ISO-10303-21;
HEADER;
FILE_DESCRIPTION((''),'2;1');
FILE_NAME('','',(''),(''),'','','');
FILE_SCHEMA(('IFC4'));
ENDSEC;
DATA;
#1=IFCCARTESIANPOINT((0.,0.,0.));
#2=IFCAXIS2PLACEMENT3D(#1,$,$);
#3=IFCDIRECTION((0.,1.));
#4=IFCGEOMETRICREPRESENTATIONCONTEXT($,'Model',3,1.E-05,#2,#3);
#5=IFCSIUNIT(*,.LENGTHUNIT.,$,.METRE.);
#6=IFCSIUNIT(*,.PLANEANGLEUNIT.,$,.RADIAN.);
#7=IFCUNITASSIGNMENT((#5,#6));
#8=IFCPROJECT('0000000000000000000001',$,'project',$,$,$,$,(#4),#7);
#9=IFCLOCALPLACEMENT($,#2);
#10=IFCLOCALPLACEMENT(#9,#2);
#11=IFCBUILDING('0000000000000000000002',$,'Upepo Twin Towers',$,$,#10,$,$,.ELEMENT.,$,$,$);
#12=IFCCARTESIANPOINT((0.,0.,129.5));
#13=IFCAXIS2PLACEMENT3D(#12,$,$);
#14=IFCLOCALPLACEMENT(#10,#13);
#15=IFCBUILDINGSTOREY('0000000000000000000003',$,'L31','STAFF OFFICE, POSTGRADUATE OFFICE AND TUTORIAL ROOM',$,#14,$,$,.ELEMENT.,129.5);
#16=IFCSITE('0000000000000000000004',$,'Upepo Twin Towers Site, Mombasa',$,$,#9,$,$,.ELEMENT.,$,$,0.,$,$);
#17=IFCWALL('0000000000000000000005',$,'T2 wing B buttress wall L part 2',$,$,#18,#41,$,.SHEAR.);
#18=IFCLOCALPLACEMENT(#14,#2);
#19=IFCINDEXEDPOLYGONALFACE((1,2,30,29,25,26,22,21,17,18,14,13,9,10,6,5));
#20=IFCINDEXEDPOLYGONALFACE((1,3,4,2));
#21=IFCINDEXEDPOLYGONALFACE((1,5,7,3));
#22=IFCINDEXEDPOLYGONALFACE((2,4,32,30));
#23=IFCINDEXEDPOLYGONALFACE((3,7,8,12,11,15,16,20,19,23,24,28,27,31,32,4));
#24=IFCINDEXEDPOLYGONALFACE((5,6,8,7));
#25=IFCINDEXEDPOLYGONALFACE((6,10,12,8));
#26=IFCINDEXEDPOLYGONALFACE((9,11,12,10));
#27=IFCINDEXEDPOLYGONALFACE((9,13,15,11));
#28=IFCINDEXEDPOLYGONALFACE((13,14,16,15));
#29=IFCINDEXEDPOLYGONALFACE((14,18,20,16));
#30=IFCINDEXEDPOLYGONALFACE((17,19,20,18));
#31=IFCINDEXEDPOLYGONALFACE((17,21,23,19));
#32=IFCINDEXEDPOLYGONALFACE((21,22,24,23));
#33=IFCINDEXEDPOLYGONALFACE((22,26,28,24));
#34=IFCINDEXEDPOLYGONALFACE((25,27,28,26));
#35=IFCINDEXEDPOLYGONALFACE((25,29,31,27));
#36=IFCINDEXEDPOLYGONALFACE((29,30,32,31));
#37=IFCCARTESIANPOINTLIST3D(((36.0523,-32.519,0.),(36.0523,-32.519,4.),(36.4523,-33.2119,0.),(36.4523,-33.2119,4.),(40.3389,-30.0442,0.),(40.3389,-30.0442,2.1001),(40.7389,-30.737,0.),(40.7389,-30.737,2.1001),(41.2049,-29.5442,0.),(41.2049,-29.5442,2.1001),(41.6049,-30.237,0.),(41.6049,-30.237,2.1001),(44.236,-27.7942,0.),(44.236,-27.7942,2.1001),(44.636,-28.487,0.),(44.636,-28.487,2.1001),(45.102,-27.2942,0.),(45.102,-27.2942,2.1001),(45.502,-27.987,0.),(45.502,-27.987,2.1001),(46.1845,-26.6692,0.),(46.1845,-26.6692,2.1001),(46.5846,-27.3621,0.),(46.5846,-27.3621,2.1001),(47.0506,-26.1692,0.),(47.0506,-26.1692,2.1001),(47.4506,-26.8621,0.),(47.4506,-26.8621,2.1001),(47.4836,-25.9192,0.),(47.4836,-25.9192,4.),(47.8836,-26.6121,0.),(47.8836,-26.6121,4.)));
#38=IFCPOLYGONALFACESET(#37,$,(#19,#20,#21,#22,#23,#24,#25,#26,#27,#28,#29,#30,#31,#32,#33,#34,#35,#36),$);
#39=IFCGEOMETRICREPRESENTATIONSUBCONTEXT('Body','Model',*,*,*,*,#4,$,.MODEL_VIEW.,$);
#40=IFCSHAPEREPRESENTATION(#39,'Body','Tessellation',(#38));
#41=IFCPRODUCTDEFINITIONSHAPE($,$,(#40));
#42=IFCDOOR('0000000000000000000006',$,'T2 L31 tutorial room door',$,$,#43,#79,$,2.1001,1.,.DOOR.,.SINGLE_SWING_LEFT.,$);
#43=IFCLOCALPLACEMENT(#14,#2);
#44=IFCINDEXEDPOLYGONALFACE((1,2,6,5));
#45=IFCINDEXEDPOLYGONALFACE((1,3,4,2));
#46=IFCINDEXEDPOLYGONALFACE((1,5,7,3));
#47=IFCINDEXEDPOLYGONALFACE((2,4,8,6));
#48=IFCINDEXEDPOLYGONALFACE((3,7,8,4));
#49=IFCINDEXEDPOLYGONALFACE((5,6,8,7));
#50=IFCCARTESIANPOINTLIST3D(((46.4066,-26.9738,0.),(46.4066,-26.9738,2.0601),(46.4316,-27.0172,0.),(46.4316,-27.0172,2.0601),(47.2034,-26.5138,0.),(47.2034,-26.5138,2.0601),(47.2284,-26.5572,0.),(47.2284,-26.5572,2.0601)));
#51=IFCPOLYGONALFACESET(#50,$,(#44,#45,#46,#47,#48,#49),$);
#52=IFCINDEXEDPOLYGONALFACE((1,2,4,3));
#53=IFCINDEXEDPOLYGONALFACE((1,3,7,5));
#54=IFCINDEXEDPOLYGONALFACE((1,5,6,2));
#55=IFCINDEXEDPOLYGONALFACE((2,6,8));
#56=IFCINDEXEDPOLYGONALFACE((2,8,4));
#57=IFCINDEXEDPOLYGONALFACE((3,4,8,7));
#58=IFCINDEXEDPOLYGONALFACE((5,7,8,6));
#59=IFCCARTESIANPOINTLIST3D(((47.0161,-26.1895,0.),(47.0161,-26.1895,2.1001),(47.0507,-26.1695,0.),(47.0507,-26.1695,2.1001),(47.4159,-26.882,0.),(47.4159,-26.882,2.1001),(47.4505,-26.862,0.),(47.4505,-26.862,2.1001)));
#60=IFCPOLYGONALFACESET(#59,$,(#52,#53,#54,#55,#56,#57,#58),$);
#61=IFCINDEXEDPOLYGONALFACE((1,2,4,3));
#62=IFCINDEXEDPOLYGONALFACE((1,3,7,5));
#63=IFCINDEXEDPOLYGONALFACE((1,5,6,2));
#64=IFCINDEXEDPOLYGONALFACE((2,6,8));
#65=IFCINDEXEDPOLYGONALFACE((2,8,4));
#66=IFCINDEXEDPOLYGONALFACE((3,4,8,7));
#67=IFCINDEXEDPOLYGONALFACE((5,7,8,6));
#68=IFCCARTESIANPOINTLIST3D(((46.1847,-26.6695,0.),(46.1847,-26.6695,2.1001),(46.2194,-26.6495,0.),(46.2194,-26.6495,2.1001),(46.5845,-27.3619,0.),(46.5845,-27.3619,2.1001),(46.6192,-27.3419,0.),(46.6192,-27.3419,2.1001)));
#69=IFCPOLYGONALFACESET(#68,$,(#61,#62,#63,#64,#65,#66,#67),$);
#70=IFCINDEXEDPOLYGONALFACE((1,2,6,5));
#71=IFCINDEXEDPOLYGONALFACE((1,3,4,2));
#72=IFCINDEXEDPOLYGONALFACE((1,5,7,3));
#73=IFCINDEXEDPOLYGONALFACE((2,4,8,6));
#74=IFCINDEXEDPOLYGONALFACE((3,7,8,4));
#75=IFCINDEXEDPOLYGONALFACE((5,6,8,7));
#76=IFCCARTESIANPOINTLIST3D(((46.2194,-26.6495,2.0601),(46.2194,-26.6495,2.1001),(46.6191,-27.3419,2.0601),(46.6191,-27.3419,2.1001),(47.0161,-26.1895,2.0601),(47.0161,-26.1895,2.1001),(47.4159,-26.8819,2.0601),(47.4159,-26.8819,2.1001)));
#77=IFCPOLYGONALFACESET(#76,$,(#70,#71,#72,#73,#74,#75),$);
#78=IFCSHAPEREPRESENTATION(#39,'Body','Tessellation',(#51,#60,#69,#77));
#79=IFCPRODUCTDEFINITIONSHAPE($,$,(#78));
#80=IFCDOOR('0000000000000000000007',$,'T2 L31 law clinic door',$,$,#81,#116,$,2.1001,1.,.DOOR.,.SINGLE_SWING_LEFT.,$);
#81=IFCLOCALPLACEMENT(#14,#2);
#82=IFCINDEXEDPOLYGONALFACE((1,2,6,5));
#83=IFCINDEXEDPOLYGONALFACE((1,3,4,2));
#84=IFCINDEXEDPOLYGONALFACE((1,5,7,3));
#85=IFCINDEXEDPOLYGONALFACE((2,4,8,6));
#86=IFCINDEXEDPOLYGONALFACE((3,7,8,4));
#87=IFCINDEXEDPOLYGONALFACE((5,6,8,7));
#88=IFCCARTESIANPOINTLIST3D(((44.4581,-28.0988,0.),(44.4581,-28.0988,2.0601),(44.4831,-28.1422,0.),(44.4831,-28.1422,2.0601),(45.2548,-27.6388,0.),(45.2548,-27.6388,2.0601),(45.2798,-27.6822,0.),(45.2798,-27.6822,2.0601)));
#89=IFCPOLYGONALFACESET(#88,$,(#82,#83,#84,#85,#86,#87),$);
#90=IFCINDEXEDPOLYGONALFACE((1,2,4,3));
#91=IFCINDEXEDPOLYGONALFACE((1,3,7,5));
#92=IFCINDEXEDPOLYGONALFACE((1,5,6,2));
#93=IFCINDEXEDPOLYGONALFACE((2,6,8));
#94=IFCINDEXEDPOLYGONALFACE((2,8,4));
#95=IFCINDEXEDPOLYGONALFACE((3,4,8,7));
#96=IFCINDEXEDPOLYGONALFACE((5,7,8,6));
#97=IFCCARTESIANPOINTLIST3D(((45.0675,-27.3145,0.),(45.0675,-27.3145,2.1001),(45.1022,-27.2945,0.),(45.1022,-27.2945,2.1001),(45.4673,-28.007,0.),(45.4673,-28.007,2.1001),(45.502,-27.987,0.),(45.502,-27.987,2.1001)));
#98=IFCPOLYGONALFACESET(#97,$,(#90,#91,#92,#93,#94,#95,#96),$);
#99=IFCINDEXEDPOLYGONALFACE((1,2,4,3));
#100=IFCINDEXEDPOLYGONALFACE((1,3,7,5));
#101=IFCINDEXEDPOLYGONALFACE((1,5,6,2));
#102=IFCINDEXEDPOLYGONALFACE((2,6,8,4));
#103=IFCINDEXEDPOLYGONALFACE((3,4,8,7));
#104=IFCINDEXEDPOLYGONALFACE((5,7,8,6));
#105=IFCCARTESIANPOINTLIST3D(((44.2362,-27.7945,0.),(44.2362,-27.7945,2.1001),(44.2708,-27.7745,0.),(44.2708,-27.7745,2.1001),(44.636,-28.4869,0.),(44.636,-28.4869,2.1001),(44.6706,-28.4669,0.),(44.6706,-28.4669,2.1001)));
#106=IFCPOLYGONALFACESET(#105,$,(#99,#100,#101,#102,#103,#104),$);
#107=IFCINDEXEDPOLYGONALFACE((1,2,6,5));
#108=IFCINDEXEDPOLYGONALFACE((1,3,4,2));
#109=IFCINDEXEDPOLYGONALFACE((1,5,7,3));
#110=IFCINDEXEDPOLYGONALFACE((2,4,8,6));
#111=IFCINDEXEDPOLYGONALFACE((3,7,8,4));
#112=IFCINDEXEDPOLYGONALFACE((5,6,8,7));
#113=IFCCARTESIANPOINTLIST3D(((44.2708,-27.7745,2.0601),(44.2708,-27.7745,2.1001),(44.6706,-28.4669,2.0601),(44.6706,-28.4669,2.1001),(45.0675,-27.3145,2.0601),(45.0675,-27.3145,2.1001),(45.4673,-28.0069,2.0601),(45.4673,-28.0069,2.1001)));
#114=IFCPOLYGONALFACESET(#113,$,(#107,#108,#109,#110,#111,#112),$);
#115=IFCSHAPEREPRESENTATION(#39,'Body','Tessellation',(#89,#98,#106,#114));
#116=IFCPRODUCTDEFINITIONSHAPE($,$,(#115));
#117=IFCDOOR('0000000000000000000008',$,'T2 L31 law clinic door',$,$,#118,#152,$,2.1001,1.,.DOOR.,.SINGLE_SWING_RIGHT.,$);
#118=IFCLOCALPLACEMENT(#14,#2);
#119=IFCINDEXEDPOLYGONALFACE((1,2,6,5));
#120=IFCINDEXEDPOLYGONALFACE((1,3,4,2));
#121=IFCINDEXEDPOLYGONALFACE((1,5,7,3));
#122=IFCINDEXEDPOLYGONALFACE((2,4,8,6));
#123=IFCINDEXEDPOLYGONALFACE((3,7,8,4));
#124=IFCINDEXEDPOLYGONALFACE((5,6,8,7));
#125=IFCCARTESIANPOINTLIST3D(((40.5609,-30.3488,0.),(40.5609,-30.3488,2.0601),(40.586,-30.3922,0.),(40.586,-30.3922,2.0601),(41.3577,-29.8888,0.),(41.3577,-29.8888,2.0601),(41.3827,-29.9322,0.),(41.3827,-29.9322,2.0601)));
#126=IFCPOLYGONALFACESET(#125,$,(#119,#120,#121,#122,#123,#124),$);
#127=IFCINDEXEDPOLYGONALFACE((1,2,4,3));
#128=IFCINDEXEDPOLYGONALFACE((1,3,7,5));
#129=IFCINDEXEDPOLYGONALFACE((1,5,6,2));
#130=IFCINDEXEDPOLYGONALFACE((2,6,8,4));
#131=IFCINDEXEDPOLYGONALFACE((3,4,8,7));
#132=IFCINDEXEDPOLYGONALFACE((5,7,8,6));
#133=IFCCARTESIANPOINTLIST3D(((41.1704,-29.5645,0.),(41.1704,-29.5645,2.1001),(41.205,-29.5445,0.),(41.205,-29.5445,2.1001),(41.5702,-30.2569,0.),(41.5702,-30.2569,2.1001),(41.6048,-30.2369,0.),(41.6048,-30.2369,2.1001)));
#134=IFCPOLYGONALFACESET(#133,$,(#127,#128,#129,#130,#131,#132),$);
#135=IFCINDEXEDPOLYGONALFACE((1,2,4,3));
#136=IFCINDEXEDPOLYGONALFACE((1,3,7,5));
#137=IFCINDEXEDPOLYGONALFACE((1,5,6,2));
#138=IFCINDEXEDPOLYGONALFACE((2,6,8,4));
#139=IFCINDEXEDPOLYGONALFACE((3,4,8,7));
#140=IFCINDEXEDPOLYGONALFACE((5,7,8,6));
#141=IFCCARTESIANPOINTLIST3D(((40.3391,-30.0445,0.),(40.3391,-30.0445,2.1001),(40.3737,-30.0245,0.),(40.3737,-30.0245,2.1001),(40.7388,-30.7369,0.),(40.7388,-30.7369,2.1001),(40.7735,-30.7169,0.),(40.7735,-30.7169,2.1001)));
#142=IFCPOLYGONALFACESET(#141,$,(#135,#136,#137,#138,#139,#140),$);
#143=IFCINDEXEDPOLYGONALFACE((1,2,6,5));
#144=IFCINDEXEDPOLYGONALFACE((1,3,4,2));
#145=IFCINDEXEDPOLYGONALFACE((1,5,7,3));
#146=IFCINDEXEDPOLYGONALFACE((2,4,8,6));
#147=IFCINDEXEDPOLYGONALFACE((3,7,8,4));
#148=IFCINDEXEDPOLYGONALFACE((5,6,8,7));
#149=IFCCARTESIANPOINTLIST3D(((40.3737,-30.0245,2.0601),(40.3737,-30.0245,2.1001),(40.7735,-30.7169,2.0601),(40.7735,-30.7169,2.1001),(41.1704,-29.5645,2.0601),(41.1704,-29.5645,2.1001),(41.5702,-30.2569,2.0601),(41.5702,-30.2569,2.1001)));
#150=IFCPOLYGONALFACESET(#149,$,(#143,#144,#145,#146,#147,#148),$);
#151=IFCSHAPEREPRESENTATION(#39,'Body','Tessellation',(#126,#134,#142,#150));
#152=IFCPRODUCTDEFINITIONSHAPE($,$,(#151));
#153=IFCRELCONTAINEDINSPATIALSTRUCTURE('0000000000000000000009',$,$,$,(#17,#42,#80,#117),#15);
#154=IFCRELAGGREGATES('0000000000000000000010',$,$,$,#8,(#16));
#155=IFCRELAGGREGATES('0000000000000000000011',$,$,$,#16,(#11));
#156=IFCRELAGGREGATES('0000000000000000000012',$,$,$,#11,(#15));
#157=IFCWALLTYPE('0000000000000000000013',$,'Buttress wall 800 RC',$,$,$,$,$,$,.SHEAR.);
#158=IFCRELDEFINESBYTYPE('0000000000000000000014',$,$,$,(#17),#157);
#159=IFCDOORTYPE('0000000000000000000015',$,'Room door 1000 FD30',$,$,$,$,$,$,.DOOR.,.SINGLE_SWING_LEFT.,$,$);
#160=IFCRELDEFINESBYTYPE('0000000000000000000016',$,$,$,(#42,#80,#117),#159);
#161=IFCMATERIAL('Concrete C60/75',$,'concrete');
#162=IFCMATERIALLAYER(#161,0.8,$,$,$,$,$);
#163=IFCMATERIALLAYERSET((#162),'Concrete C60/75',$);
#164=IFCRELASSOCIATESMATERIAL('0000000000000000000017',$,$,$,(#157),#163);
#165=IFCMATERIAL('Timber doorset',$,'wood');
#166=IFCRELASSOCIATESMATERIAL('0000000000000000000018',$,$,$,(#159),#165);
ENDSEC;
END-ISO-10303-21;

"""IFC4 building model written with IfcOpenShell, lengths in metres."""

from ifc_helpers import new_model, si_unit, direction, frame, frame_2d, origin, place, context, subcontext, project, spatial, rectangle, extrude, material, layer, layer_set, type_object, element, fill, save


model = new_model("IFC4")

# Units and contexts
model_context = context("Model", 3, precision=1e-05, world=origin(), true_north=direction((0.0, 1.0)))
body_context = subcontext(model_context, "Body", "Model", "MODEL_VIEW")
ifc_project = project(units=[si_unit("LENGTHUNIT", "METRE"), si_unit("PLANEANGLEUNIT", "RADIAN")], contexts=[model_context])

# Site, building, storey
site_placement = place(None, origin())
site = spatial("IfcSite", under=ifc_project, at=site_placement, Name="Upepo Twin Towers Site, Mombasa", CompositionType="ELEMENT", RefElevation=0.0)
building_placement = place(site_placement, origin())
building = spatial("IfcBuilding", under=site, at=building_placement, Name="Upepo Twin Towers", CompositionType="ELEMENT")
storey_placement = place(building_placement, frame((0.0, 0.0, 129.5)))
storey = spatial("IfcBuildingStorey", under=building, at=storey_placement, Name="L31", Description="STAFF OFFICE, POSTGRADUATE OFFICE AND TUTORIAL ROOM", CompositionType="ELEMENT", Elevation=129.5)

# Wall, openings, doors
ifc_material_1 = material(Name="Concrete C60/75", Category="concrete")
ifc_layer_1 = layer(ifc_material_1, 0.8)
ifc_layer_set_1 = layer_set([ifc_layer_1], Name="Concrete C60/75")
wall_type_1 = type_object("IfcWallType", Name="Buttress wall 800 RC", PredefinedType="SHEAR", material=ifc_layer_set_1)
wall_1_placement = place(storey_placement, frame((47.6836, -26.2656, 0.0), z_axis=(0.0, 0.0, 1.0), x_axis=(-0.866028, -0.499996, 0.0)))
wall_1 = element("IfcWall", 1, at=wall_1_placement, inside=storey, type_object=wall_type_1, Name="T2 wing B buttress wall L part 2", PredefinedType="SHEAR", context=body_context, shape_type="SweptSolid", body=[
    extrude(rectangle(XDim=13.1997, YDim=0.8, at=frame_2d((6.5999, 0.0))), origin(), (0.0, 0.0, 1.0), 4.0),
])
opening_1_placement = place(wall_1_placement, frame((0.5, 0.0, 0.0)))
opening_1 = element("IfcOpeningElement", 2, at=opening_1_placement, cuts=wall_1, PredefinedType="OPENING", context=body_context, shape_type="SweptSolid", body=[
    extrude(rectangle(XDim=1.0, YDim=2.1001, at=frame_2d((0.5, 1.05))), frame((0.0, 0.4099, 0.0), z_axis=(0.0, -1.0, 0.0), x_axis=(1.0, 0.0, 0.0)), (0.0, 0.0, 1.0), 0.8201),
])
opening_2_placement = place(wall_1_placement, frame((2.75, 0.0, 0.0)))
opening_2 = element("IfcOpeningElement", 3, at=opening_2_placement, cuts=wall_1, PredefinedType="OPENING", context=body_context, shape_type="SweptSolid", body=[
    extrude(rectangle(XDim=1.0, YDim=2.1001, at=frame_2d((0.5, 1.05))), frame((0.0, 0.4099, 0.0), z_axis=(0.0, -1.0, 0.0), x_axis=(1.0, 0.0, 0.0)), (0.0, 0.0, 1.0), 0.8201),
])
opening_3_placement = place(wall_1_placement, frame((7.25, 0.0, 0.0)))
opening_3 = element("IfcOpeningElement", 4, at=opening_3_placement, cuts=wall_1, PredefinedType="OPENING", context=body_context, shape_type="SweptSolid", body=[
    extrude(rectangle(XDim=1.0, YDim=2.1001, at=frame_2d((0.5, 1.05))), frame((0.0, 0.4099, 0.0), z_axis=(0.0, -1.0, 0.0), x_axis=(1.0, 0.0, 0.0)), (0.0, 0.0, 1.0), 0.8201),
])
ifc_material_2 = material(Name="Timber doorset", Category="wood")
door_type_1 = type_object("IfcDoorType", Name="Room door 1000 FD30", OperationType="SINGLE_SWING_LEFT", PredefinedType="DOOR", material=ifc_material_2)
door_1_placement = place(opening_1_placement, origin())
door_1 = element("IfcDoor", 5, at=door_1_placement, inside=storey, type_object=door_type_1, Name="T2 L31 tutorial room door", OperationType="SINGLE_SWING_LEFT", OverallHeight=2.1001, OverallWidth=1.0, PredefinedType="DOOR", context=body_context, shape_type="SweptSolid", body=[
    extrude(rectangle(XDim=0.92, YDim=2.0601, at=frame_2d((0.5, 1.03))), frame((0.0, 0.0249, 0.0), z_axis=(0.0, -1.0, 0.0), x_axis=(1.0, 0.0, 0.0)), (0.0, 0.0, 1.0), 0.05),
    extrude(rectangle(XDim=0.04, YDim=2.1001, at=frame_2d((0.02, 1.05))), frame((0.0, 0.3999, 0.0), z_axis=(0.0, -1.0, 0.0), x_axis=(1.0, 0.0, 0.0)), (0.0, 0.0, 1.0), 0.7996),
    extrude(rectangle(XDim=0.04, YDim=2.1001, at=frame_2d((0.98, 1.05))), frame((0.0, 0.3999, 0.0), z_axis=(0.0, -1.0, 0.0), x_axis=(1.0, 0.0, 0.0)), (0.0, 0.0, 1.0), 0.7996),
    extrude(rectangle(XDim=0.92, YDim=0.04, at=frame_2d((0.5, 2.0801))), frame((0.0, 0.3999, 0.0), z_axis=(0.0, -1.0, 0.0), x_axis=(1.0, 0.0, 0.0)), (0.0, 0.0, 1.0), 0.7996),
])
fill(opening_1, door_1)
door_2_placement = place(opening_2_placement, origin())
door_2 = element("IfcDoor", 6, at=door_2_placement, inside=storey, type_object=door_type_1, Name="T2 L31 law clinic door", OperationType="SINGLE_SWING_LEFT", OverallHeight=2.1001, OverallWidth=1.0, PredefinedType="DOOR", context=body_context, shape_type="SweptSolid", body=[
    extrude(rectangle(XDim=0.92, YDim=2.0601, at=frame_2d((0.5, 1.03))), frame((0.0, 0.0249, 0.0), z_axis=(0.0, -1.0, 0.0), x_axis=(1.0, 0.0, 0.0)), (0.0, 0.0, 1.0), 0.05),
    extrude(rectangle(XDim=0.04, YDim=2.1001, at=frame_2d((0.02, 1.05))), frame((0.0, 0.3999, 0.0), z_axis=(0.0, -1.0, 0.0), x_axis=(1.0, 0.0, 0.0)), (0.0, 0.0, 1.0), 0.7996),
    extrude(rectangle(XDim=0.04, YDim=2.1001, at=frame_2d((0.98, 1.05))), frame((0.0, 0.3999, 0.0), z_axis=(0.0, -1.0, 0.0), x_axis=(1.0, 0.0, 0.0)), (0.0, 0.0, 1.0), 0.7996),
    extrude(rectangle(XDim=0.92, YDim=0.04, at=frame_2d((0.5, 2.0801))), frame((0.0, 0.3999, 0.0), z_axis=(0.0, -1.0, 0.0), x_axis=(1.0, 0.0, 0.0)), (0.0, 0.0, 1.0), 0.7996),
])
fill(opening_2, door_2)
door_3_placement = place(opening_3_placement, origin())
door_3 = element("IfcDoor", 7, at=door_3_placement, inside=storey, type_object=door_type_1, Name="T2 L31 law clinic door", OperationType="SINGLE_SWING_RIGHT", OverallHeight=2.1001, OverallWidth=1.0, PredefinedType="DOOR", context=body_context, shape_type="SweptSolid", body=[
    extrude(rectangle(XDim=0.92, YDim=2.0601, at=frame_2d((0.5, 1.03))), frame((0.0, 0.0249, 0.0), z_axis=(0.0, -1.0, 0.0), x_axis=(1.0, 0.0, 0.0)), (0.0, 0.0, 1.0), 0.05),
    extrude(rectangle(XDim=0.04, YDim=2.1001, at=frame_2d((0.02, 1.05))), frame((0.0, 0.3999, 0.0), z_axis=(0.0, -1.0, 0.0), x_axis=(1.0, 0.0, 0.0)), (0.0, 0.0, 1.0), 0.7996),
    extrude(rectangle(XDim=0.04, YDim=2.1001, at=frame_2d((0.98, 1.05))), frame((0.0, 0.3999, 0.0), z_axis=(0.0, -1.0, 0.0), x_axis=(1.0, 0.0, 0.0)), (0.0, 0.0, 1.0), 0.7996),
    extrude(rectangle(XDim=0.92, YDim=0.04, at=frame_2d((0.5, 2.0801))), frame((0.0, 0.3999, 0.0), z_axis=(0.0, -1.0, 0.0), x_axis=(1.0, 0.0, 0.0)), (0.0, 0.0, 1.0), 0.7996),
])
fill(opening_3, door_3)

save(model, "model.ifc")
